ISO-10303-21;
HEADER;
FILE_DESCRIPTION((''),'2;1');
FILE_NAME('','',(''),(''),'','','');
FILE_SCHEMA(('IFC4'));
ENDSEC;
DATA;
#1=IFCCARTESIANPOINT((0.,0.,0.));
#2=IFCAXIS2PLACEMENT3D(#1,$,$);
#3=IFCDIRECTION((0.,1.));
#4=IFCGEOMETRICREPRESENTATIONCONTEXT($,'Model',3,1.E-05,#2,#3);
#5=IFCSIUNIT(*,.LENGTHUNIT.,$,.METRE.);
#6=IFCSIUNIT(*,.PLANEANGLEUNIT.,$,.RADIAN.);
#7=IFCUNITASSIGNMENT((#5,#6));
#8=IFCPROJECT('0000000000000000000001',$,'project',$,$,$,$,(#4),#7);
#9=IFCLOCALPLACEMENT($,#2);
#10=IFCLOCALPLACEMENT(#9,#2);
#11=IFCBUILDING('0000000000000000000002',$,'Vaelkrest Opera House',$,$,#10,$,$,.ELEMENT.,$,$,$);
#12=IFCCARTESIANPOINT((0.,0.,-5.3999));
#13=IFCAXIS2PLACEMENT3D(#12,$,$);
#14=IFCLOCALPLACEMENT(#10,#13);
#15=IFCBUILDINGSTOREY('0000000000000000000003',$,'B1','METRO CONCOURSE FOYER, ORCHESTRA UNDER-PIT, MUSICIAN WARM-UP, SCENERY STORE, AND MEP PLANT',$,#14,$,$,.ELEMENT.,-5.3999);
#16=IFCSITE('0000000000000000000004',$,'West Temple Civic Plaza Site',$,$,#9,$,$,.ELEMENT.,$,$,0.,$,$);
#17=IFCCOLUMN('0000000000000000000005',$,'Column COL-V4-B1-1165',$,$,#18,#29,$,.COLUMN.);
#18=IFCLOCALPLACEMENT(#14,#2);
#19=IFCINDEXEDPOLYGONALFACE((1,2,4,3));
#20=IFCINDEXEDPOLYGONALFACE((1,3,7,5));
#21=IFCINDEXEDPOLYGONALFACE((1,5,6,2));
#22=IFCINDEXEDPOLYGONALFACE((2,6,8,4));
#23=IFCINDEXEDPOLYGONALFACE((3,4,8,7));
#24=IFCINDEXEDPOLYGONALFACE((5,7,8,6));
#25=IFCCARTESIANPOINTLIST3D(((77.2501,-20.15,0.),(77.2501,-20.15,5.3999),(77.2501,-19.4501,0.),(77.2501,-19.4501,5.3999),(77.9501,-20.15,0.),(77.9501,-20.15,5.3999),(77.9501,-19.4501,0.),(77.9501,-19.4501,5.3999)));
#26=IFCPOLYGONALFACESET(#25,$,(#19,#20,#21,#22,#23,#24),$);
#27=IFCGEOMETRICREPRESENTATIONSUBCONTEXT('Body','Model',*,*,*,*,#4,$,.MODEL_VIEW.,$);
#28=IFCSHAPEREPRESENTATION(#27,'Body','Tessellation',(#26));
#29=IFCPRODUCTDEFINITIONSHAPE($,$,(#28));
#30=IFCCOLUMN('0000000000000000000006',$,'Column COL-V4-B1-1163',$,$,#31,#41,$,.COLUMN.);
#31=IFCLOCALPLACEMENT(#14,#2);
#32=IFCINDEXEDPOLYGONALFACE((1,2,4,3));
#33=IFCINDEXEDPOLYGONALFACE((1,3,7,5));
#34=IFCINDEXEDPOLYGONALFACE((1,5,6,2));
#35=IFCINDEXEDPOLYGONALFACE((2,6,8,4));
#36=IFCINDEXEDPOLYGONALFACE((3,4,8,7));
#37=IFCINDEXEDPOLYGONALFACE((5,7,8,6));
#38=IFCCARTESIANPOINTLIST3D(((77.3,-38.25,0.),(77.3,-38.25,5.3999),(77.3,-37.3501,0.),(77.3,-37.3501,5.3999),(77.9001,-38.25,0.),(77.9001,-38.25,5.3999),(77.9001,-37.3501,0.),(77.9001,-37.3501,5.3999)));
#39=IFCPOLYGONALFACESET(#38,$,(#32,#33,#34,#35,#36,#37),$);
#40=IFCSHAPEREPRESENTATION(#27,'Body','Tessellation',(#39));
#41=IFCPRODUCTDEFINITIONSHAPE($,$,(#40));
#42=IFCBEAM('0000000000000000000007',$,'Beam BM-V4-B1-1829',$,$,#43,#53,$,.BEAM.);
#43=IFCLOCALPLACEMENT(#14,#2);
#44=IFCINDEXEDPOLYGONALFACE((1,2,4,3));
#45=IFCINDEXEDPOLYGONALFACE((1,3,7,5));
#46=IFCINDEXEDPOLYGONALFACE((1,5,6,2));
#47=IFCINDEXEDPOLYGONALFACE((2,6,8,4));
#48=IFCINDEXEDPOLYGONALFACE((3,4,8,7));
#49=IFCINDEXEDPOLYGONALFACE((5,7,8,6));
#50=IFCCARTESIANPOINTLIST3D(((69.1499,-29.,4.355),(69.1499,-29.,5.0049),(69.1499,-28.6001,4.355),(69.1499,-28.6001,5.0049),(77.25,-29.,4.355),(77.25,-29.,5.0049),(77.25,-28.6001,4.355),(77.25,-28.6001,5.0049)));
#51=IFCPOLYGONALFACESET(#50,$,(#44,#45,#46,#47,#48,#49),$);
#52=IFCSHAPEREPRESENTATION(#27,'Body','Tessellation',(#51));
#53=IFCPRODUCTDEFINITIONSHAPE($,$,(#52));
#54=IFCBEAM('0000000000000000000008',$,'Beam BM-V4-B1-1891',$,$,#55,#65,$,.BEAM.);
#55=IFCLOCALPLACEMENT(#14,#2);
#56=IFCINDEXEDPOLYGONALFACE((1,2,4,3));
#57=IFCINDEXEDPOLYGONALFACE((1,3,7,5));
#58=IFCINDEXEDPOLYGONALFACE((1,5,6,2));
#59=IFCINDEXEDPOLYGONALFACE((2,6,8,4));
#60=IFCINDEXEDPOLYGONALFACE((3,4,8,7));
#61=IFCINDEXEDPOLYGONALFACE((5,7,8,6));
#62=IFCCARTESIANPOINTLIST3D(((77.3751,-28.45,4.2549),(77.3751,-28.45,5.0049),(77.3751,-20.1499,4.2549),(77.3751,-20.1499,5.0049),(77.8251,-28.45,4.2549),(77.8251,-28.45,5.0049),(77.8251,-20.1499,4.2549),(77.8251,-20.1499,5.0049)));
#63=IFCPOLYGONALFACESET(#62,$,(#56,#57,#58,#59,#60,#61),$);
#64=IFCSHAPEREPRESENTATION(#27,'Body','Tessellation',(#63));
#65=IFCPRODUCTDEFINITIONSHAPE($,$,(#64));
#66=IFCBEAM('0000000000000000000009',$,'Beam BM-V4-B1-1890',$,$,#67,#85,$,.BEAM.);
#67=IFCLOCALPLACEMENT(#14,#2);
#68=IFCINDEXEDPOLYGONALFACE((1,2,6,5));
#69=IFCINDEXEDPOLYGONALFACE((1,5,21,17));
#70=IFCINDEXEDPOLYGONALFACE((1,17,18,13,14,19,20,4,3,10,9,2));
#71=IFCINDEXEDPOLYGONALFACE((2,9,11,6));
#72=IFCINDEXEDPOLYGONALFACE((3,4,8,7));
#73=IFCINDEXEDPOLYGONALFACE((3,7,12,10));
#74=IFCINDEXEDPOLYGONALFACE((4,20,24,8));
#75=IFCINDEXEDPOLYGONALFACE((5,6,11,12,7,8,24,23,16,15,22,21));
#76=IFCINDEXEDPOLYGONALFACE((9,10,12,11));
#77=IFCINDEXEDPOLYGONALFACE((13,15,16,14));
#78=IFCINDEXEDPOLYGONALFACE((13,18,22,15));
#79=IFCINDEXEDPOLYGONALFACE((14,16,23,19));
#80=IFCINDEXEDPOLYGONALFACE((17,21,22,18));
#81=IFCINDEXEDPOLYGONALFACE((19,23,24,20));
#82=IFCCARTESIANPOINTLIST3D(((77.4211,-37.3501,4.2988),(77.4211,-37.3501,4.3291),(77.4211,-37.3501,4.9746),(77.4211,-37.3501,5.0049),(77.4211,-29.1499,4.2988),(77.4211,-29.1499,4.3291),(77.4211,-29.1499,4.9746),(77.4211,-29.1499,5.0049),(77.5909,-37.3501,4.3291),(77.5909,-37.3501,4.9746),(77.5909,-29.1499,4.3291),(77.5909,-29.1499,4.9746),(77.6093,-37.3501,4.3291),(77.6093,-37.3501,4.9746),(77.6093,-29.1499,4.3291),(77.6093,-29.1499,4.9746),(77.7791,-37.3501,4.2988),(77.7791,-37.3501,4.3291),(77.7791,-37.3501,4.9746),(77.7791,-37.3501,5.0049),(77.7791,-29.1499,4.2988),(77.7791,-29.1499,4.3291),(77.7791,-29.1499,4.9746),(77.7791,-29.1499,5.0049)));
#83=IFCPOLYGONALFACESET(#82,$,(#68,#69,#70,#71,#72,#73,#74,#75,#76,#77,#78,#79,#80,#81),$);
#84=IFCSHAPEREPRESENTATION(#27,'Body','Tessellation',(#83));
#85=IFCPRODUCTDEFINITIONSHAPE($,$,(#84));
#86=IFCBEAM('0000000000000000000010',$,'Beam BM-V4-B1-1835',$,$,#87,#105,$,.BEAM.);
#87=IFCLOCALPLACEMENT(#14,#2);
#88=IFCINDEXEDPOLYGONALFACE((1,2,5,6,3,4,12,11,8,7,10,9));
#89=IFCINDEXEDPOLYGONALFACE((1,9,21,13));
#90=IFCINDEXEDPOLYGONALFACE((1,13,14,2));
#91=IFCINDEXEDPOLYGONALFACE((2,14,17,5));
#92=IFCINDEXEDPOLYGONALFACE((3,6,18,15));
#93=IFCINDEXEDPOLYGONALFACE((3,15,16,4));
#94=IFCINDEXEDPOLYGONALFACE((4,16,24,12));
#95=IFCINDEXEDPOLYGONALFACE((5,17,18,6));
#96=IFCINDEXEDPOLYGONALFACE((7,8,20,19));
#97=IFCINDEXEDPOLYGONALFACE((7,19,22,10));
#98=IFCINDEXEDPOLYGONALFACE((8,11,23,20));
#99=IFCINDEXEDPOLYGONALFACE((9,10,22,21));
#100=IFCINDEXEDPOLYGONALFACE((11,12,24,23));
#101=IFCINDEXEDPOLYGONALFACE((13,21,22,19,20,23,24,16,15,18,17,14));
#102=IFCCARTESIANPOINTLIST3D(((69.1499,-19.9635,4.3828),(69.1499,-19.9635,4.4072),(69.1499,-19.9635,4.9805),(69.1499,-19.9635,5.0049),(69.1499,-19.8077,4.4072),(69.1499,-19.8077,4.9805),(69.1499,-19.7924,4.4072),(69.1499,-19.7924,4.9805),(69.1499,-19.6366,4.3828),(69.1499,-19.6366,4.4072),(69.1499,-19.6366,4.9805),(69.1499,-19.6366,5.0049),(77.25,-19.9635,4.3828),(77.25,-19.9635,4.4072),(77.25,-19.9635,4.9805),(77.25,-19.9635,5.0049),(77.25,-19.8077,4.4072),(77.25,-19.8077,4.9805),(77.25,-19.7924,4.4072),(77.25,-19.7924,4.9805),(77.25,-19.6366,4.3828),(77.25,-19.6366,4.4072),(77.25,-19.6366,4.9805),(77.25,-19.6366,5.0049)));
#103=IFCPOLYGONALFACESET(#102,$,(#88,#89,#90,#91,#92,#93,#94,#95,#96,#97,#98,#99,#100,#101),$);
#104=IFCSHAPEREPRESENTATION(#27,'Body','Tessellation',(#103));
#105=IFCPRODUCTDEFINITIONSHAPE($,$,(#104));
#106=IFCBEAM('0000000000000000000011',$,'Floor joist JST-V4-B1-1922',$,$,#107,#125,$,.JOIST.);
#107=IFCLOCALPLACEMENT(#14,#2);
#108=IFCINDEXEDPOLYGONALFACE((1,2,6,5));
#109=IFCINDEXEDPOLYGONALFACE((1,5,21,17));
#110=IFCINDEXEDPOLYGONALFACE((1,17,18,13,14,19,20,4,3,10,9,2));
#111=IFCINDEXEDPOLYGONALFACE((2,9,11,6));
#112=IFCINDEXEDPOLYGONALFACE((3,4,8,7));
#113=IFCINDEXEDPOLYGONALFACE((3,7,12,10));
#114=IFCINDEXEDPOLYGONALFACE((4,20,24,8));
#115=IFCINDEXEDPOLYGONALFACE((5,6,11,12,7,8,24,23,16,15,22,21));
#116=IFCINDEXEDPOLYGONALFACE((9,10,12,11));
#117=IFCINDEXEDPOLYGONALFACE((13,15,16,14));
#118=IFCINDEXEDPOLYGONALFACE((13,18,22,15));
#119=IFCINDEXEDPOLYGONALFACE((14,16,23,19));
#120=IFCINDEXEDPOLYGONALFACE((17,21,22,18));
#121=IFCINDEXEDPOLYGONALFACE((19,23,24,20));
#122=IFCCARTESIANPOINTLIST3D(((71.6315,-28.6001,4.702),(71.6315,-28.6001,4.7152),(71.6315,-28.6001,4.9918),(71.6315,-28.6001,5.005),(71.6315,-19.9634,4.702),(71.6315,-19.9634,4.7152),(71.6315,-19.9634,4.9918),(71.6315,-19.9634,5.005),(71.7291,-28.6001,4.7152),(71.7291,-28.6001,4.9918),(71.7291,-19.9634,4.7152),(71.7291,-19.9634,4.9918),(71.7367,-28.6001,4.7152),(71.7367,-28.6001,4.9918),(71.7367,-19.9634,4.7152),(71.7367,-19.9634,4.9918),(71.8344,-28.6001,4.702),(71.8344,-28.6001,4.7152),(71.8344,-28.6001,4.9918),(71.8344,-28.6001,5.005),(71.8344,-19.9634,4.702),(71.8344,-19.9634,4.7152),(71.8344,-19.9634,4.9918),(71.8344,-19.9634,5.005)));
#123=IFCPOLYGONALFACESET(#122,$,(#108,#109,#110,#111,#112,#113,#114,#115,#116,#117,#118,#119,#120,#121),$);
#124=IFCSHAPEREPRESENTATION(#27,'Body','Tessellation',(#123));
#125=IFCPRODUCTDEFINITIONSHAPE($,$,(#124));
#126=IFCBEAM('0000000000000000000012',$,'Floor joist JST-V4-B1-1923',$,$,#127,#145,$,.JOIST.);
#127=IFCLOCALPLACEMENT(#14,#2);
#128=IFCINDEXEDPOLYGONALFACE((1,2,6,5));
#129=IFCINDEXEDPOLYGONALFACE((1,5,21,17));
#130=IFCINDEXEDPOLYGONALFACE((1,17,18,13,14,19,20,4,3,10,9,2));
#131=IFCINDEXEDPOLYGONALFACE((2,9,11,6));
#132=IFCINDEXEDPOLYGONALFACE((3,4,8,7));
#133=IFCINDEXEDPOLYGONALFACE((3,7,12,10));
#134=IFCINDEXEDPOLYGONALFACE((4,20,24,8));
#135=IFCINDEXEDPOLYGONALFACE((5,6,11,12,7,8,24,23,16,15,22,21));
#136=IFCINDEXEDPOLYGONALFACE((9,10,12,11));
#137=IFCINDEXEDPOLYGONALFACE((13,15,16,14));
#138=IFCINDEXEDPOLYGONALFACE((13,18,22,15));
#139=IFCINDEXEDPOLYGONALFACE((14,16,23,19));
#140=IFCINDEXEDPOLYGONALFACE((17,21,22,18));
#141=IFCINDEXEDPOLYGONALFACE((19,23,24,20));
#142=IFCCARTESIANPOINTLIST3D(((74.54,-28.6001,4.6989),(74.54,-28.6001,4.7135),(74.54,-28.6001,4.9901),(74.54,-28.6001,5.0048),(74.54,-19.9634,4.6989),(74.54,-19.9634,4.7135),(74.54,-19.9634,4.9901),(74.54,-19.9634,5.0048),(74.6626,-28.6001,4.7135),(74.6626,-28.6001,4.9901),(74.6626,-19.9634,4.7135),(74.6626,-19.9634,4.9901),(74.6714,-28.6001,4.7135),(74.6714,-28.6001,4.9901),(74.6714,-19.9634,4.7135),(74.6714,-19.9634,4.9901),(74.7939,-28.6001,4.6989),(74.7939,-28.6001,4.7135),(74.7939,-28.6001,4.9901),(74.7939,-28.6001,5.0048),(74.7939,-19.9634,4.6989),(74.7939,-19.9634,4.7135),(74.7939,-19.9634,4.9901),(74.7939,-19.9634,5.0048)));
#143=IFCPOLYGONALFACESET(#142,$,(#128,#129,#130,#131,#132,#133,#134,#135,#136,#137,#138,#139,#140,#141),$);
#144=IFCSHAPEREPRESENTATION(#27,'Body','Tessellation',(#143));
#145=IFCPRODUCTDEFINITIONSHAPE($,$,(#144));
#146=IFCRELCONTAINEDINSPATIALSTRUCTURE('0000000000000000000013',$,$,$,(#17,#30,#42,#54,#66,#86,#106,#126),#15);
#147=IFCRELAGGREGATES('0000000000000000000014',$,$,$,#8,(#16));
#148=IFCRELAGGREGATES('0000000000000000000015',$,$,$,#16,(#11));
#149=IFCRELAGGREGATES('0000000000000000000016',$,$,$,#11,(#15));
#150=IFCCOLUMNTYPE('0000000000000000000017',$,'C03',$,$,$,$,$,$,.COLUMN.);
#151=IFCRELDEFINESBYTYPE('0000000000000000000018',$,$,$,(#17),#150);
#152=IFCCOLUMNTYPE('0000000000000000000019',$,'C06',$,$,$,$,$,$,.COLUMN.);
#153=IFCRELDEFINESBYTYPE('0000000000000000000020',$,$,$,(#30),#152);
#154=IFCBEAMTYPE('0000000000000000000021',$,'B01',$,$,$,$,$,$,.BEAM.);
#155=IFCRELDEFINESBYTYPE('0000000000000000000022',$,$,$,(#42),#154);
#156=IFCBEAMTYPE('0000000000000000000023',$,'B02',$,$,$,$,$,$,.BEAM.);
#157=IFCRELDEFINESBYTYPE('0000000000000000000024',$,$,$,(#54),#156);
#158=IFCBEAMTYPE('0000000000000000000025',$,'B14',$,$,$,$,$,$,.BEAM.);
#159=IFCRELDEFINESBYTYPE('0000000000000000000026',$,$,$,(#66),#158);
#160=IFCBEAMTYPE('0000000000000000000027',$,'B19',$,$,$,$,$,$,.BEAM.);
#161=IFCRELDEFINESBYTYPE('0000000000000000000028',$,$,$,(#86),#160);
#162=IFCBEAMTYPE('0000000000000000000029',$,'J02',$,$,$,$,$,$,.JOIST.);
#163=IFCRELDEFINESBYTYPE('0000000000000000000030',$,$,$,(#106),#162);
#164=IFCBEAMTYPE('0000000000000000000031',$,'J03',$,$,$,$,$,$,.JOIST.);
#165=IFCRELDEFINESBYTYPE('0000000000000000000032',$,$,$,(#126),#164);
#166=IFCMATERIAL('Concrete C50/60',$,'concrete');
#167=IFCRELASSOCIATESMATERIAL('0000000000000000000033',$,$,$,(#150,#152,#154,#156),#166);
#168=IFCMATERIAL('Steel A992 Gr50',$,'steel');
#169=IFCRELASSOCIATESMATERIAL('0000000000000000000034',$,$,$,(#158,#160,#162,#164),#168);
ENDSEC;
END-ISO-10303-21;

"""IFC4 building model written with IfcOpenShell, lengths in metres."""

from ifc_helpers import new_model, si_unit, direction, frame, origin, origin_2d, place, context, subcontext, project, spatial, rectangle, i_section, extrude, material, material_profile, profile_set, type_object, element, save


model = new_model("IFC4")

# Units and contexts
model_context = context("Model", 3, precision=1e-05, world=origin(), true_north=direction((0.0, 1.0)))
body_context = subcontext(model_context, "Body", "Model", "MODEL_VIEW")
ifc_project = project(units=[si_unit("LENGTHUNIT", "METRE"), si_unit("PLANEANGLEUNIT", "RADIAN")], contexts=[model_context])

# Site, building, storey
site_placement = place(None, origin())
site = spatial("IfcSite", under=ifc_project, at=site_placement, Name="West Temple Civic Plaza Site", CompositionType="ELEMENT", RefElevation=0.0)
building_placement = place(site_placement, origin())
building = spatial("IfcBuilding", under=site, at=building_placement, Name="Vaelkrest Opera House", CompositionType="ELEMENT")
storey_placement = place(building_placement, frame((0.0, 0.0, -5.3999)))
storey = spatial("IfcBuildingStorey", under=building, at=storey_placement, Name="B1", Description="METRO CONCOURSE FOYER, ORCHESTRA UNDER-PIT, MUSICIAN WARM-UP, SCENERY STORE, AND MEP PLANT", CompositionType="ELEMENT", Elevation=-5.3999)

# Columns
ifc_material_1 = material(Name="Concrete C50/60", Category="concrete")
ifc_material_profile_1 = material_profile(ifc_material_1, rectangle(XDim=0.7, YDim=0.7, at=origin_2d()), Name="RC700X700")
ifc_profile_set_1 = profile_set([ifc_material_profile_1], Name="Concrete C50/60")
column_type_1 = type_object("IfcColumnType", Name="C03", PredefinedType="COLUMN", material=ifc_profile_set_1)
for number, where, z_axis, x_axis, name in (
    (1, (77.6001, -19.8, 0.0), (0.0, 0.0, 1.0), (1.0, 0.0, 0.0), "Column COL-V4-B1-1165"),
):
    element("IfcColumn", number, at=place(storey_placement, frame(where, z_axis=z_axis, x_axis=x_axis)), inside=storey, type_object=column_type_1, Name=name, PredefinedType="COLUMN", context=body_context, shape_type="SweptSolid", body=[
        extrude(rectangle(XDim=0.7, YDim=0.7, at=origin_2d()), origin(), (0.0, 0.0, 1.0), 5.3999),
    ])
ifc_material_profile_2 = material_profile(ifc_material_1, rectangle(XDim=0.6001, YDim=0.8999, at=origin_2d()), Name="RC600X900")
ifc_profile_set_2 = profile_set([ifc_material_profile_2], Name="Concrete C50/60")
column_type_2 = type_object("IfcColumnType", Name="C06", PredefinedType="COLUMN", material=ifc_profile_set_2)
column_placement = place(storey_placement, frame((77.6001, -37.8, 0.0), z_axis=(0.0, 0.0, 1.0), x_axis=(1.0, 0.0, 0.0)))
element("IfcColumn", 2, at=column_placement, inside=storey, type_object=column_type_2, Name="Column COL-V4-B1-1163", PredefinedType="COLUMN", context=body_context, shape_type="SweptSolid", body=[
    extrude(rectangle(XDim=0.6001, YDim=0.8999, at=origin_2d()), origin(), (0.0, 0.0, 1.0), 5.3999),
])

# Beams
ifc_material_profile_3 = material_profile(ifc_material_1, rectangle(XDim=0.3999, YDim=0.6499, at=origin_2d()), Name="RCB400X650")
ifc_profile_set_3 = profile_set([ifc_material_profile_3], Name="Concrete C50/60")
beam_type_1 = type_object("IfcBeamType", Name="B01", PredefinedType="BEAM", material=ifc_profile_set_3)
beam_1_placement = place(storey_placement, frame((69.1499, -28.8, 4.6799), z_axis=(1.0, 0.0, 0.0), x_axis=(0.0, 1.0, 0.0)))
element("IfcBeam", 3, at=beam_1_placement, inside=storey, type_object=beam_type_1, Name="Beam BM-V4-B1-1829", PredefinedType="BEAM", context=body_context, shape_type="SweptSolid", body=[
    extrude(rectangle(XDim=0.3999, YDim=0.6499, at=origin_2d()), origin(), (0.0, 0.0, 1.0), 8.1001),
])
ifc_material_profile_4 = material_profile(ifc_material_1, rectangle(XDim=0.45, YDim=0.75, at=origin_2d()), Name="RCB450X750")
ifc_profile_set_4 = profile_set([ifc_material_profile_4], Name="Concrete C50/60")
beam_type_2 = type_object("IfcBeamType", Name="B02", PredefinedType="BEAM", material=ifc_profile_set_4)
beam_2_placement = place(storey_placement, frame((77.6001, -28.45, 4.6299), z_axis=(0.0, 1.0, 0.0), x_axis=(-1.0, 0.0, 0.0)))
element("IfcBeam", 4, at=beam_2_placement, inside=storey, type_object=beam_type_2, Name="Beam BM-V4-B1-1891", PredefinedType="BEAM", context=body_context, shape_type="SweptSolid", body=[
    extrude(rectangle(XDim=0.45, YDim=0.75, at=origin_2d()), origin(), (0.0, 0.0, 1.0), 8.3),
])
ifc_material_2 = material(Name="Steel A992 Gr50", Category="steel")
ifc_material_profile_5 = material_profile(ifc_material_2, i_section(OverallWidth=0.3579, OverallDepth=0.7061, WebThickness=0.0183, FlangeThickness=0.0303, at=origin_2d()), Name="W27X178")
ifc_profile_set_5 = profile_set([ifc_material_profile_5], Name="Steel A992 Gr50")
beam_type_3 = type_object("IfcBeamType", Name="B14", PredefinedType="BEAM", material=ifc_profile_set_5)
beam_3_placement = place(storey_placement, frame((77.6001, -37.3501, 4.6519), z_axis=(0.0, 1.0, 0.0), x_axis=(-1.0, 0.0, 0.0)))
element("IfcBeam", 5, at=beam_3_placement, inside=storey, type_object=beam_type_3, Name="Beam BM-V4-B1-1890", PredefinedType="BEAM", context=body_context, shape_type="SweptSolid", body=[
    extrude(i_section(OverallWidth=0.3579, OverallDepth=0.7061, WebThickness=0.0183, FlangeThickness=0.0303, at=origin_2d()), origin(), (0.0, 0.0, 1.0), 8.2002),
])
ifc_material_profile_6 = material_profile(ifc_material_2, i_section(OverallWidth=0.3269, OverallDepth=0.6221, WebThickness=0.0154, FlangeThickness=0.0244, at=origin_2d()), Name="W24X131")
ifc_profile_set_6 = profile_set([ifc_material_profile_6], Name="Steel A992 Gr50")
beam_type_4 = type_object("IfcBeamType", Name="B19", PredefinedType="BEAM", material=ifc_profile_set_6)
beam_4_placement = place(storey_placement, frame((69.1499, -19.8, 4.6938), z_axis=(1.0, 0.0, 0.0), x_axis=(0.0, 1.0, 0.0)))
element("IfcBeam", 6, at=beam_4_placement, inside=storey, type_object=beam_type_4, Name="Beam BM-V4-B1-1835", PredefinedType="BEAM", context=body_context, shape_type="SweptSolid", body=[
    extrude(i_section(OverallWidth=0.3269, OverallDepth=0.6221, WebThickness=0.0154, FlangeThickness=0.0244, at=origin_2d()), origin(), (0.0, 0.0, 1.0), 8.1001),
])
ifc_material_profile_7 = material_profile(ifc_material_2, i_section(OverallWidth=0.2029, OverallDepth=0.303, WebThickness=0.0076, FlangeThickness=0.0132, at=origin_2d()), Name="W12X40")
ifc_profile_set_7 = profile_set([ifc_material_profile_7], Name="Steel A992 Gr50")
beam_type_5 = type_object("IfcBeamType", Name="J02", PredefinedType="JOIST", material=ifc_profile_set_7)
beam_5_placement = place(storey_placement, frame((71.7329, -28.6001, 4.8535), z_axis=(0.0, 1.0, 0.0), x_axis=(-1.0, 0.0, 0.0)))
element("IfcBeam", 7, at=beam_5_placement, inside=storey, type_object=beam_type_5, Name="Floor joist JST-V4-B1-1922", PredefinedType="JOIST", context=body_context, shape_type="SweptSolid", body=[
    extrude(i_section(OverallWidth=0.2029, OverallDepth=0.303, WebThickness=0.0076, FlangeThickness=0.0132, at=origin_2d()), origin(), (0.0, 0.0, 1.0), 8.6367),
])
ifc_material_profile_8 = material_profile(ifc_material_2, i_section(OverallWidth=0.2539, OverallDepth=0.3059, WebThickness=0.0088, FlangeThickness=0.0146, at=origin_2d()), Name="W12X53")
ifc_profile_set_8 = profile_set([ifc_material_profile_8], Name="Steel A992 Gr50")
beam_type_6 = type_object("IfcBeamType", Name="J03", PredefinedType="JOIST", material=ifc_profile_set_8)
beam_6_placement = place(storey_placement, frame((74.667, -28.6001, 4.8518), z_axis=(0.0, 1.0, 0.0), x_axis=(-1.0, 0.0, 0.0)))
element("IfcBeam", 8, at=beam_6_placement, inside=storey, type_object=beam_type_6, Name="Floor joist JST-V4-B1-1923", PredefinedType="JOIST", context=body_context, shape_type="SweptSolid", body=[
    extrude(i_section(OverallWidth=0.2539, OverallDepth=0.3059, WebThickness=0.0088, FlangeThickness=0.0146, at=origin_2d()), origin(), (0.0, 0.0, 1.0), 8.6367),
])

save(model, "model.ifc")
